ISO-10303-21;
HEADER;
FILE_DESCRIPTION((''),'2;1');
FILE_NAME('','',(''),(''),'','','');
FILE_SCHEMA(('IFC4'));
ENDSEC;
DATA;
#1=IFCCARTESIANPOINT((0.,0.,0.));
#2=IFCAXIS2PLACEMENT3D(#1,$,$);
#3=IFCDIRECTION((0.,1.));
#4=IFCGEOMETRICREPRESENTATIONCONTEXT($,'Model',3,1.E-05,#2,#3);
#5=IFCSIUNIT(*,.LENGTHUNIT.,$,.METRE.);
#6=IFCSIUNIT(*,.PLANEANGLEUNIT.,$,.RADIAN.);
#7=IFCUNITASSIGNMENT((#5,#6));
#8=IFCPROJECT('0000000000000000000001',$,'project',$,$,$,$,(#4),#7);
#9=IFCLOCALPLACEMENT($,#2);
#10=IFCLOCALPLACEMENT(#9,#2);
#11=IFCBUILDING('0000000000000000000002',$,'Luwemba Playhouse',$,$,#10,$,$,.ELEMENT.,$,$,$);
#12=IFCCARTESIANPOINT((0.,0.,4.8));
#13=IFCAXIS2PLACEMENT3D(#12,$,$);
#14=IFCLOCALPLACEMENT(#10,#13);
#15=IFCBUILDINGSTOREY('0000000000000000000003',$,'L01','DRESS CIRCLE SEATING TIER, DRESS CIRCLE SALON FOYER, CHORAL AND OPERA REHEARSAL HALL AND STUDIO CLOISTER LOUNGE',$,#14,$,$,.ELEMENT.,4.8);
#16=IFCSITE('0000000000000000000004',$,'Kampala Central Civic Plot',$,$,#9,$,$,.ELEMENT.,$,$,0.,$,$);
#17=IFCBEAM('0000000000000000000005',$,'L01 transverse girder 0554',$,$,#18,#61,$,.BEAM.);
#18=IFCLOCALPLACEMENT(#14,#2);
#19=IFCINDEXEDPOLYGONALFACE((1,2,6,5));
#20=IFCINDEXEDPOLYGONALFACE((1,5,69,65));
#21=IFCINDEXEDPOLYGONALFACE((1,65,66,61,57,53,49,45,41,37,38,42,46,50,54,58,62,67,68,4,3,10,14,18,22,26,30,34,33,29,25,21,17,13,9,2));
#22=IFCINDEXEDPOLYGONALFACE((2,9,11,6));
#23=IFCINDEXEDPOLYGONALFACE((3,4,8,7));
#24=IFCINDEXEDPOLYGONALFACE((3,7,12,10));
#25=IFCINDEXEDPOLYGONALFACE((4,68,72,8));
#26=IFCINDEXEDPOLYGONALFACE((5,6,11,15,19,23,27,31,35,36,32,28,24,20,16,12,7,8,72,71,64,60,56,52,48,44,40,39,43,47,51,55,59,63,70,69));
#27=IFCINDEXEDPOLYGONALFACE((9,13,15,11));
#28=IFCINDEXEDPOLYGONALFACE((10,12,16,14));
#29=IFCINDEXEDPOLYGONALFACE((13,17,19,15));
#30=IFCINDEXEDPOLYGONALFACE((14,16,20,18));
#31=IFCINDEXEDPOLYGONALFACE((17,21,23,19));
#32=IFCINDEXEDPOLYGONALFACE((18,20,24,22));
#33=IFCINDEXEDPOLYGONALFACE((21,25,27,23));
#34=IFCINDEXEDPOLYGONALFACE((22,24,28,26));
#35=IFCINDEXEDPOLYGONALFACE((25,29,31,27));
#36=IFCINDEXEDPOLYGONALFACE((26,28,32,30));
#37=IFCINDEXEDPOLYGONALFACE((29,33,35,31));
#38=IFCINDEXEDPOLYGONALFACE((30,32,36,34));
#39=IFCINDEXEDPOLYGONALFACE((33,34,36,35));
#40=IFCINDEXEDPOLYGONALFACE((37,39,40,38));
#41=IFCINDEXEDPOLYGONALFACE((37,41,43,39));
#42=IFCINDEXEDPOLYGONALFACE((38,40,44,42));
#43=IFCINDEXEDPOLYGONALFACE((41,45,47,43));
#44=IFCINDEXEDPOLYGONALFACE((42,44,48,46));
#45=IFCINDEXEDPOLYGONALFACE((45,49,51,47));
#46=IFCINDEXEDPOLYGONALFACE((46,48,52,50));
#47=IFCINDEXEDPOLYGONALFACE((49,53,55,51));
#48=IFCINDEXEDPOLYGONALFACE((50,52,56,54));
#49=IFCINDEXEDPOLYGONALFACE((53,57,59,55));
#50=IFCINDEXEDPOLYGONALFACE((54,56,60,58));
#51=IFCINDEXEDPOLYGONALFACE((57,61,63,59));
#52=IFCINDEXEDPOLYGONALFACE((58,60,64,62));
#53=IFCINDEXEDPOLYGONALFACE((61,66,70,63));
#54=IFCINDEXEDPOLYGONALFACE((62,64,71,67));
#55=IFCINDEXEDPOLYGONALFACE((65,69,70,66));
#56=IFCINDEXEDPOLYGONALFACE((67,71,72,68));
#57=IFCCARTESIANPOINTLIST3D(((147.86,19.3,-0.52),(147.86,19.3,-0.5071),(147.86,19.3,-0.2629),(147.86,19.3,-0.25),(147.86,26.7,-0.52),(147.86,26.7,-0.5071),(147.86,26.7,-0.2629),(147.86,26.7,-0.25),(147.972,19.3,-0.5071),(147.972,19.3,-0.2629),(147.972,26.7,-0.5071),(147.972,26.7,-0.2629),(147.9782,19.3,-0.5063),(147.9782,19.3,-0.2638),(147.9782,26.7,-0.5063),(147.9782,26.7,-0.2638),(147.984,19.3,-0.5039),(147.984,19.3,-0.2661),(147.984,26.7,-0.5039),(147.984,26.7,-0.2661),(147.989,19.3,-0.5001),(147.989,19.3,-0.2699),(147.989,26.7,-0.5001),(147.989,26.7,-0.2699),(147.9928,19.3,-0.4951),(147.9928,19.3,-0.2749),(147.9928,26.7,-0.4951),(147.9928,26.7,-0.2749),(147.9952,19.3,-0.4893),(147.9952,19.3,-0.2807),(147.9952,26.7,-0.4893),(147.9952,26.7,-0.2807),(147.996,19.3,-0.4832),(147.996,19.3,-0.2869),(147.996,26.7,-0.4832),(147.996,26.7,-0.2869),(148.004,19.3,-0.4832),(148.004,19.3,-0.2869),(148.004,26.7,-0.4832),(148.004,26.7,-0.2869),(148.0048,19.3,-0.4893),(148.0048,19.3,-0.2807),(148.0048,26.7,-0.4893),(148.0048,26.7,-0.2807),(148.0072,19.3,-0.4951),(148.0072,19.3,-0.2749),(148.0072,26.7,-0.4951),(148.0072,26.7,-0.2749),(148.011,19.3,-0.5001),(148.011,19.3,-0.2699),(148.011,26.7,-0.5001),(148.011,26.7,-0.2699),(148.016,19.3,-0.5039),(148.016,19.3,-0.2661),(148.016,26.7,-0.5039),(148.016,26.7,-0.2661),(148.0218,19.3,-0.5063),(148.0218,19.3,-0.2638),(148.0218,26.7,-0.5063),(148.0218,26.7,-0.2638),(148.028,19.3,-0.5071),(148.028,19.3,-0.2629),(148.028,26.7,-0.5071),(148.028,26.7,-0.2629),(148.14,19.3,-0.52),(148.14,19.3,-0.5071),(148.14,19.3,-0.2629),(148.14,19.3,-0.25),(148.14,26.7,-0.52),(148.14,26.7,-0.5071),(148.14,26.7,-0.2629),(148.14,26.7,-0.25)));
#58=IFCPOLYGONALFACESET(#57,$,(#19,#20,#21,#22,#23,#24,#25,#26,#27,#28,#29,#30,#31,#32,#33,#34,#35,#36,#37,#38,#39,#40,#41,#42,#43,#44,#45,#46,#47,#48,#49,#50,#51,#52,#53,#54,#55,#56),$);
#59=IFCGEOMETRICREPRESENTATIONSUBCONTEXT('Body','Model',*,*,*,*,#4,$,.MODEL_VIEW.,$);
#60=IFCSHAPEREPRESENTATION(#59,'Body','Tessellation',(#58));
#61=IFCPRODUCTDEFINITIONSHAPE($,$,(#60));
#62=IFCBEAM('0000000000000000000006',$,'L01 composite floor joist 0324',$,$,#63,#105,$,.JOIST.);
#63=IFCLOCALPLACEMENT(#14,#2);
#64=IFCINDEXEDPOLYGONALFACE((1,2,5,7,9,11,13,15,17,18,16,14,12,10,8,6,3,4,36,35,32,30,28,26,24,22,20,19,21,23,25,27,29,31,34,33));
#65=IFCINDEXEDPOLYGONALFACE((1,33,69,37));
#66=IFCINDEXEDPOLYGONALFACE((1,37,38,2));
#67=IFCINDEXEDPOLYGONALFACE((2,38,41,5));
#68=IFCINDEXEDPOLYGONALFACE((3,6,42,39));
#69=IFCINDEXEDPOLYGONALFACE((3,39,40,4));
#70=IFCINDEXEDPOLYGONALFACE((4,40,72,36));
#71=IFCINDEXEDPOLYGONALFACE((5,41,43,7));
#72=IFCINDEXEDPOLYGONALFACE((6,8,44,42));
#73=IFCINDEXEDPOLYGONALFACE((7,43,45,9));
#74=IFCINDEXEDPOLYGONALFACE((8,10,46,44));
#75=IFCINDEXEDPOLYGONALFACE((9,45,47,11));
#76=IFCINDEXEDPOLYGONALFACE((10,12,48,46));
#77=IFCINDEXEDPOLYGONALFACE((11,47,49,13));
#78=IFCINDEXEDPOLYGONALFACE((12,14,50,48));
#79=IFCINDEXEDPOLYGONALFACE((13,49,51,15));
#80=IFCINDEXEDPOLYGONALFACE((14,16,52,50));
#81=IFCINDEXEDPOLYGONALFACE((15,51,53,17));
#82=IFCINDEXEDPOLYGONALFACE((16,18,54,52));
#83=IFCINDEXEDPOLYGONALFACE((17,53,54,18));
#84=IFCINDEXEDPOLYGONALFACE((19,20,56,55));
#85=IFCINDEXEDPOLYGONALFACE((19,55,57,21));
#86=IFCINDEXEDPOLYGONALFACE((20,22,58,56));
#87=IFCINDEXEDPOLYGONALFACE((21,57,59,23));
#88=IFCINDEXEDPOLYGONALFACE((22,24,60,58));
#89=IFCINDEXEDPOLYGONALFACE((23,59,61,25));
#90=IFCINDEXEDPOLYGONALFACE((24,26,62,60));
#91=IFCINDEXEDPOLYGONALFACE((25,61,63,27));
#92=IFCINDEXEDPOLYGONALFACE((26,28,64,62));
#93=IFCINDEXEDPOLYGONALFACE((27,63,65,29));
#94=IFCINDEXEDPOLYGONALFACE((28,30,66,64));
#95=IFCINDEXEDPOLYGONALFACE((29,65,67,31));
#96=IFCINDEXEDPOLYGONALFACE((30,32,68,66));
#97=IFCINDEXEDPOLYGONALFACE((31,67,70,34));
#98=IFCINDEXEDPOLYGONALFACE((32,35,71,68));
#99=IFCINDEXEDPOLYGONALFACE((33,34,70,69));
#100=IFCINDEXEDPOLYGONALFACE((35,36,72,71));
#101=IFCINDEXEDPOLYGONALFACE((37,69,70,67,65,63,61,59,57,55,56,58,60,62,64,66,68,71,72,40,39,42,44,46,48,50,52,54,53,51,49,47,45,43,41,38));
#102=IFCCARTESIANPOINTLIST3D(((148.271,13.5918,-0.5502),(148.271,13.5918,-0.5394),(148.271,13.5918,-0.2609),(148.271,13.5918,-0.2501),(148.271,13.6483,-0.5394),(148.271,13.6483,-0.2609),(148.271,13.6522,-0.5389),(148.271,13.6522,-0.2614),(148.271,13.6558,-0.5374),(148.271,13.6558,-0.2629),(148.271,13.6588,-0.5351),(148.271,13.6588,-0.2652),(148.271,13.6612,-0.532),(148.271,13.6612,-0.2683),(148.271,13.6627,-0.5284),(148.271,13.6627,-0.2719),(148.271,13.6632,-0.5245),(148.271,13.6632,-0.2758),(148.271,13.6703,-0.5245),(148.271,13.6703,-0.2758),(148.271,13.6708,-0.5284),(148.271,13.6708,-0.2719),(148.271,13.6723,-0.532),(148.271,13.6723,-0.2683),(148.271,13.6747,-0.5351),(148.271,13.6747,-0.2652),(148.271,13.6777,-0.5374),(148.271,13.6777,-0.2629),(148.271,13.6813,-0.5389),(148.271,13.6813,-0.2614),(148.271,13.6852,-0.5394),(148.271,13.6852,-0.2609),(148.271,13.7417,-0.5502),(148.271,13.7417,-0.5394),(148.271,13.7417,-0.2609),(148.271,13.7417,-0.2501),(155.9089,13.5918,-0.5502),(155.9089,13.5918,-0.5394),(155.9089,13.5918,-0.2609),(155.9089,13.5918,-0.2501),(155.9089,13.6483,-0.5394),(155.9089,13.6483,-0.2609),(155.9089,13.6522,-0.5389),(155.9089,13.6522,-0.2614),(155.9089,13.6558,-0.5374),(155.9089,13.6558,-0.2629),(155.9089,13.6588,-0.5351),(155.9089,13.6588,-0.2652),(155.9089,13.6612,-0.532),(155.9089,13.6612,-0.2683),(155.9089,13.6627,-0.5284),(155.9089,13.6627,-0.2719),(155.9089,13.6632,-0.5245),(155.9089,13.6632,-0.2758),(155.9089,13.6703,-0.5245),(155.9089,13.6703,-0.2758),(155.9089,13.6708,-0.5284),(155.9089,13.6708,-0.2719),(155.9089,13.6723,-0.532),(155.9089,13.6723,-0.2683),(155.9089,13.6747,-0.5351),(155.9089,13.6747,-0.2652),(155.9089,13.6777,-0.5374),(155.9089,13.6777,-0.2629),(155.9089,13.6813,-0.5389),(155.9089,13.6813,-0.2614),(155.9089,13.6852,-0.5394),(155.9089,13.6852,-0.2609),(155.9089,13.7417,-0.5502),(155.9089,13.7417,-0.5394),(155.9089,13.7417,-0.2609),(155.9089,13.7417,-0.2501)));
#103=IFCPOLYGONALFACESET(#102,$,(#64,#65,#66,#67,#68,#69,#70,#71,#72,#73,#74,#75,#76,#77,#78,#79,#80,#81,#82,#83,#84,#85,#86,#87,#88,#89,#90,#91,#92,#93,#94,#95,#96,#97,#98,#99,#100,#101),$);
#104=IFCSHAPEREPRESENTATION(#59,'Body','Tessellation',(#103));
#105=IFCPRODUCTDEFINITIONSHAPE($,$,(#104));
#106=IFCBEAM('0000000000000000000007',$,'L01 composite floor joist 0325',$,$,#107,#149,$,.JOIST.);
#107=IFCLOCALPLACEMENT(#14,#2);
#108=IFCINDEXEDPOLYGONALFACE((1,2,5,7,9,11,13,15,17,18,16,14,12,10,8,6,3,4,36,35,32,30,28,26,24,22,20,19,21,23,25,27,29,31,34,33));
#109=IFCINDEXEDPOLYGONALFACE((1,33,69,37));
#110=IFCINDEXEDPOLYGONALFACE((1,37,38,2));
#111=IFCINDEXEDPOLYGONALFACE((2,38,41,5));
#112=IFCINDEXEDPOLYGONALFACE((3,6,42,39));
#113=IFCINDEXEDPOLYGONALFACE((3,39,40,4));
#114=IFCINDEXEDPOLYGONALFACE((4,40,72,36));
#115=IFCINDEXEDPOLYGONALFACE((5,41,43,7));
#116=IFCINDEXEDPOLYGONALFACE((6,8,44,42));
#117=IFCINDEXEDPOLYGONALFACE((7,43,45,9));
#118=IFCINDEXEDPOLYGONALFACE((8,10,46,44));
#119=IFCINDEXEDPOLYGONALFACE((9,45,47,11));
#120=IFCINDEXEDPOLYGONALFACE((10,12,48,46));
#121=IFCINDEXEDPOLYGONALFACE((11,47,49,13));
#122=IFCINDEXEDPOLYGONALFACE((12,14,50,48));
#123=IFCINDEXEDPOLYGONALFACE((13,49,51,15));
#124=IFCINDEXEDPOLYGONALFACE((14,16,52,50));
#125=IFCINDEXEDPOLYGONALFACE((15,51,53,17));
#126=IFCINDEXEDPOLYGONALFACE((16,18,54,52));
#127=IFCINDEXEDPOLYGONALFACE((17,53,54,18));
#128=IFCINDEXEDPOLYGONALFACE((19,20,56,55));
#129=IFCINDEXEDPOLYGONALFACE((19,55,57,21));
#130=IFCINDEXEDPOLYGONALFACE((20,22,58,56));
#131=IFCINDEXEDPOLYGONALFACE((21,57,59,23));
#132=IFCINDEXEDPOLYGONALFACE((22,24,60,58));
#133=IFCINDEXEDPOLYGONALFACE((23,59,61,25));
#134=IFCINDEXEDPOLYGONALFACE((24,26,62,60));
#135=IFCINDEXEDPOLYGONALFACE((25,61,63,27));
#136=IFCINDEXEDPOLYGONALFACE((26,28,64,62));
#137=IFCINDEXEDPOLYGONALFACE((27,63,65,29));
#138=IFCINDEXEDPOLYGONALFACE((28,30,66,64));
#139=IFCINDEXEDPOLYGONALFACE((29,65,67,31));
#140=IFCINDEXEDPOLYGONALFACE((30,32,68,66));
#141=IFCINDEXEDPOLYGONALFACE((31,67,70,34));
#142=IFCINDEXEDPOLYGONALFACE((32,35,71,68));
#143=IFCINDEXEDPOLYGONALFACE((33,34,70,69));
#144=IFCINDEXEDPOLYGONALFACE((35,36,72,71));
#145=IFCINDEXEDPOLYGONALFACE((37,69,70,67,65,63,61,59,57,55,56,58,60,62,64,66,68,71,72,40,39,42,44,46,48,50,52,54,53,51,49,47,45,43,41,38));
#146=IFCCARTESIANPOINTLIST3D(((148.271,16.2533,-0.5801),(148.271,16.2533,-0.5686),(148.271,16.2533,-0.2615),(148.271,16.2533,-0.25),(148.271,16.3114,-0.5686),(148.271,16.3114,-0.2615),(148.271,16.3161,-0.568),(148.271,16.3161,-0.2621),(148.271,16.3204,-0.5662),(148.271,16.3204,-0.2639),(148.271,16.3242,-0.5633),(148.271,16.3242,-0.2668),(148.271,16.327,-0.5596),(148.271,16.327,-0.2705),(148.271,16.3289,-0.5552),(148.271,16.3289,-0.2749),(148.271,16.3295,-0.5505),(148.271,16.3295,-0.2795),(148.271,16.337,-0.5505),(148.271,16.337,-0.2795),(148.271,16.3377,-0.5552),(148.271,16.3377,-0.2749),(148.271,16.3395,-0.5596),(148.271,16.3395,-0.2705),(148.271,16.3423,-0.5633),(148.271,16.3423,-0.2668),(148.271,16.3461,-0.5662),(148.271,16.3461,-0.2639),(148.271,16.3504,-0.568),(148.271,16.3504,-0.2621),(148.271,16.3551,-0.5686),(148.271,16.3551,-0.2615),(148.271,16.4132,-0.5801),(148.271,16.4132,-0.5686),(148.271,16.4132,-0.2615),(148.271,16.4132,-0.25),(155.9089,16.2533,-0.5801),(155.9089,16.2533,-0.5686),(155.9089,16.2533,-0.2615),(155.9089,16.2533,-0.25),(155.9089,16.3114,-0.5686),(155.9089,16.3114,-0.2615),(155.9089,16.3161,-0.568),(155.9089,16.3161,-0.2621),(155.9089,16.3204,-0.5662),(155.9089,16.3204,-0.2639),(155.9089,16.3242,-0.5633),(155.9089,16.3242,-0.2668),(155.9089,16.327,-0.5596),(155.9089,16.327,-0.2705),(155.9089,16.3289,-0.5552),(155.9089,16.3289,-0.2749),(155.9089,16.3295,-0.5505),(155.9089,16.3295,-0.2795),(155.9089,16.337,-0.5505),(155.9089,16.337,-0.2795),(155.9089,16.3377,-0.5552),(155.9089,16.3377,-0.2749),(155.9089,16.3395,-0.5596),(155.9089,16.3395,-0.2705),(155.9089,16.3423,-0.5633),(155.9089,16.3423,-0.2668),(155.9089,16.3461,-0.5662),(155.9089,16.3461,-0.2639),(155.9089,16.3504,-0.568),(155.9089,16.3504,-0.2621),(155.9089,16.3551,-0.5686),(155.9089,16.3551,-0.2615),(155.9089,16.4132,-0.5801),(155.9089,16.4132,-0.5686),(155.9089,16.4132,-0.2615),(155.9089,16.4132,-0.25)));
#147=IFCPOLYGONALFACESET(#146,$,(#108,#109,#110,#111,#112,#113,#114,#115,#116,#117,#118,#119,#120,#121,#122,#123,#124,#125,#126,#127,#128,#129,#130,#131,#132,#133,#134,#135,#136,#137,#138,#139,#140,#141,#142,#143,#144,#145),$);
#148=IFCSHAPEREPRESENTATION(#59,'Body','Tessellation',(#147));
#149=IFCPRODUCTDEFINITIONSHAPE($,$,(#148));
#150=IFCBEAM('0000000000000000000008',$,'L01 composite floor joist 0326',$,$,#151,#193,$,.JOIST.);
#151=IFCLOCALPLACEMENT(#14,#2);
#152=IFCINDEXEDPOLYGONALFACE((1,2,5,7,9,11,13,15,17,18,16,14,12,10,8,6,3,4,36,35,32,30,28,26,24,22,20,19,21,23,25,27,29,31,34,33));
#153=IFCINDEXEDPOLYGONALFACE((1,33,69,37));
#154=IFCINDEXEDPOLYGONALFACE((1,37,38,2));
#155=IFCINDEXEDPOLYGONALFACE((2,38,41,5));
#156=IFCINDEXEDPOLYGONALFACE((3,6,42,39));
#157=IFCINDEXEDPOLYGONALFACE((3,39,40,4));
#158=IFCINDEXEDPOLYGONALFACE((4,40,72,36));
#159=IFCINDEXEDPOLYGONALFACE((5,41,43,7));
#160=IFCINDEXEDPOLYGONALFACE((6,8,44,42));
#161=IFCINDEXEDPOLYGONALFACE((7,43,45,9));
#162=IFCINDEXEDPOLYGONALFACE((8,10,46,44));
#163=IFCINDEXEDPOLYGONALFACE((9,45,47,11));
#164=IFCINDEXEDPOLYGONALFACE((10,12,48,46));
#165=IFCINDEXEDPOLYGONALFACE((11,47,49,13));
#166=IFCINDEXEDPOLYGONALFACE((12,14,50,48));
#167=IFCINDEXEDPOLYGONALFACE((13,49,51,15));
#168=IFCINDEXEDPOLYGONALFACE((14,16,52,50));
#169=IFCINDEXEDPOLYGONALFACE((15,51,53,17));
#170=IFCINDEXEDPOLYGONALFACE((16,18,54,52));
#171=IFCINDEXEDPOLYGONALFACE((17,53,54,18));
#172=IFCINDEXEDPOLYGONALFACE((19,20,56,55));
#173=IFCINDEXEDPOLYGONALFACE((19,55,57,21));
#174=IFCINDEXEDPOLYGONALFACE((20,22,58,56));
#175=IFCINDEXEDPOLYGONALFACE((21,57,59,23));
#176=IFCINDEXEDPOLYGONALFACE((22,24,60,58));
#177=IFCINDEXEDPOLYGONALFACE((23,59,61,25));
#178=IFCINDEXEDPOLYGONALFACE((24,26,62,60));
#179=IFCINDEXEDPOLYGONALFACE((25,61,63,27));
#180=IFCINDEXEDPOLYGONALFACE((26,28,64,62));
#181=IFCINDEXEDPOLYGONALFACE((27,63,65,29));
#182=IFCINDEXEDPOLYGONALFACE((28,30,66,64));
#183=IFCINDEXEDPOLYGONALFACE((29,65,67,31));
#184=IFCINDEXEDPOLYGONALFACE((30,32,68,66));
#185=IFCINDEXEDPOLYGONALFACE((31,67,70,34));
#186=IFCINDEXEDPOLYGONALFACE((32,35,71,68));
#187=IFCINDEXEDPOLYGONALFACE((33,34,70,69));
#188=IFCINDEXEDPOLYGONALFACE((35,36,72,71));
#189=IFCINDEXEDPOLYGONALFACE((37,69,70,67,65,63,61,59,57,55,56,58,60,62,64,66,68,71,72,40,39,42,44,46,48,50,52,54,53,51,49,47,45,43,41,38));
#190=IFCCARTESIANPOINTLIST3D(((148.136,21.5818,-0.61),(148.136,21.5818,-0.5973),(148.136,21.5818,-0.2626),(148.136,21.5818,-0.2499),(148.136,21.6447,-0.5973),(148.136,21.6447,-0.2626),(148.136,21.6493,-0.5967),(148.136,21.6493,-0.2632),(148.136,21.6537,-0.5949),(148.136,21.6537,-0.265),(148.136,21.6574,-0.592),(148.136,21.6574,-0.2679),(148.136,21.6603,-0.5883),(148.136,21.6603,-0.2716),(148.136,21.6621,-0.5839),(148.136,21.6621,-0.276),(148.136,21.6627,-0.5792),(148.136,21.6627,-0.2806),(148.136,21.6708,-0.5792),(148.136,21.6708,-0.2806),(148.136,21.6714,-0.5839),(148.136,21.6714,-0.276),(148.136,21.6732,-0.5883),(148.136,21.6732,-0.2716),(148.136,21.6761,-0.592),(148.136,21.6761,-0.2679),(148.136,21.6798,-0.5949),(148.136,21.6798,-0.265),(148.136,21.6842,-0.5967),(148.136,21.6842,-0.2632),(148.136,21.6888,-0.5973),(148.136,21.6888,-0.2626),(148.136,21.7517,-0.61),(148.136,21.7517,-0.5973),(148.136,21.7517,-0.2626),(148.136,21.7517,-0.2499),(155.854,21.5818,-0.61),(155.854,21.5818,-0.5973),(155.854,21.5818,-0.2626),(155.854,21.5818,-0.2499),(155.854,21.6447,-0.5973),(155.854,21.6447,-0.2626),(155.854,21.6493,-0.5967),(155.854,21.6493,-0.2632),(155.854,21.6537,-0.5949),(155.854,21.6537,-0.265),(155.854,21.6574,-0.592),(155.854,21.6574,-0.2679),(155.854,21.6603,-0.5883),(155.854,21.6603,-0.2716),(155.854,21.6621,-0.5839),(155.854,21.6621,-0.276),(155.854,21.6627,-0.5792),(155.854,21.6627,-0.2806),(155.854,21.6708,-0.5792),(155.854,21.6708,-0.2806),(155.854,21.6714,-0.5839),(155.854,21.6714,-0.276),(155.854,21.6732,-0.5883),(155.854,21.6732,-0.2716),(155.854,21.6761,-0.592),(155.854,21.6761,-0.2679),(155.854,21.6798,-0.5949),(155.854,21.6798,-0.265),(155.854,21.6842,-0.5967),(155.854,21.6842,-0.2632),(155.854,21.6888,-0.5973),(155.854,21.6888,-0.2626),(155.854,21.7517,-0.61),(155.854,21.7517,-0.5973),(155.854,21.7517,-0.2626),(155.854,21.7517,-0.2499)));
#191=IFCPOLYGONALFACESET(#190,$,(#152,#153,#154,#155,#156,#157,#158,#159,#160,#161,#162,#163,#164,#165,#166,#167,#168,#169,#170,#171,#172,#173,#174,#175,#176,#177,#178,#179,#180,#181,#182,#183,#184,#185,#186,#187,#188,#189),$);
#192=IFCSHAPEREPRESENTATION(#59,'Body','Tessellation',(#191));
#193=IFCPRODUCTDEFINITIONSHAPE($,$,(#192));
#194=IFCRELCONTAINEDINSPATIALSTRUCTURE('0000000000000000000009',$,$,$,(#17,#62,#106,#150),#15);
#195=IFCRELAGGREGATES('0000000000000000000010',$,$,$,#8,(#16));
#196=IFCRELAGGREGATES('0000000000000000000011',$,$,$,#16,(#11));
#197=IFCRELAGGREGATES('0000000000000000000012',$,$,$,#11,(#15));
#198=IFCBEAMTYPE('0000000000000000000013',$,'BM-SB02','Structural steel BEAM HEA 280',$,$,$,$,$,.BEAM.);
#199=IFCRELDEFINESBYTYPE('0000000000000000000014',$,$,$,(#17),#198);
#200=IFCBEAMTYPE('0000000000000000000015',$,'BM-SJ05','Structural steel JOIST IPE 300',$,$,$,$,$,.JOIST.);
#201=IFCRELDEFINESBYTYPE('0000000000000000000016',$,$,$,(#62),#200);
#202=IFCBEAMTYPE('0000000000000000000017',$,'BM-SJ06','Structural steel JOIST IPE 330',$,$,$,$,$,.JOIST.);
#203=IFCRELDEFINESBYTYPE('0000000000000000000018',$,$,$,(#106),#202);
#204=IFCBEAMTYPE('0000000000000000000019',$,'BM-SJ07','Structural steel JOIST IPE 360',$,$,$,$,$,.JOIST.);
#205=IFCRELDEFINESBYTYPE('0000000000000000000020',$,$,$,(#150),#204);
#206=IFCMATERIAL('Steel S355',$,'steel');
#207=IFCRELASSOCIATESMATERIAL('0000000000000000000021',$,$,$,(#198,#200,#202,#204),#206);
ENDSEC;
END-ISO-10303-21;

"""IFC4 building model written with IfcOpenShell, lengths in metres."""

from ifc_helpers import new_model, si_unit, direction, frame, origin, origin_2d, place, context, subcontext, project, spatial, i_section, extrude, material, material_profile, profile_set, type_object, element, save


model = new_model("IFC4")

# Units and contexts
model_context = context("Model", 3, precision=1e-05, world=origin(), true_north=direction((0.0, 1.0)))
body_context = subcontext(model_context, "Body", "Model", "MODEL_VIEW")
ifc_project = project(units=[si_unit("LENGTHUNIT", "METRE"), si_unit("PLANEANGLEUNIT", "RADIAN")], contexts=[model_context])

# Site, building, storey
site_placement = place(None, origin())
site = spatial("IfcSite", under=ifc_project, at=site_placement, Name="Kampala Central Civic Plot", CompositionType="ELEMENT", RefElevation=0.0)
building_placement = place(site_placement, origin())
building = spatial("IfcBuilding", under=site, at=building_placement, Name="Luwemba Playhouse", CompositionType="ELEMENT")
storey_placement = place(building_placement, frame((0.0, 0.0, 4.8)))
storey = spatial("IfcBuildingStorey", under=building, at=storey_placement, Name="L01", Description="DRESS CIRCLE SEATING TIER, DRESS CIRCLE SALON FOYER, CHORAL AND OPERA REHEARSAL HALL AND STUDIO CLOISTER LOUNGE", CompositionType="ELEMENT", Elevation=4.8)

# Beams
ifc_material_1 = material(Name="Steel S355", Category="steel")
ifc_material_profile_1 = material_profile(ifc_material_1, i_section(OverallWidth=0.28, OverallDepth=0.27, WebThickness=0.0081, FlangeThickness=0.0129, FilletRadius=0.0239, at=origin_2d()))
ifc_profile_set_1 = profile_set([ifc_material_profile_1], Name="Steel S355")
beam_type_1 = type_object("IfcBeamType", Name="BM-SB02", Description="Structural steel BEAM HEA 280", PredefinedType="BEAM", material=ifc_profile_set_1)
beam_1_placement = place(storey_placement, frame((148.0, 19.3, -0.385), z_axis=(0.0, 1.0, 0.0), x_axis=(-1.0, 0.0, 0.0)))
element("IfcBeam", 1, at=beam_1_placement, inside=storey, type_object=beam_type_1, Name="L01 transverse girder 0554", PredefinedType="BEAM", context=body_context, shape_type="SweptSolid", body=[
    extrude(i_section(OverallWidth=0.28, OverallDepth=0.27, WebThickness=0.0081, FlangeThickness=0.0129, FilletRadius=0.0239, at=origin_2d()), origin(), (0.0, 0.0, 1.0), 7.3999),
])
ifc_material_profile_2 = material_profile(ifc_material_1, i_section(OverallWidth=0.1499, OverallDepth=0.3, WebThickness=0.0071, FlangeThickness=0.0107, FilletRadius=0.0149, at=origin_2d()))
ifc_profile_set_2 = profile_set([ifc_material_profile_2], Name="Steel S355")
beam_type_2 = type_object("IfcBeamType", Name="BM-SJ05", Description="Structural steel JOIST IPE 300", PredefinedType="JOIST", material=ifc_profile_set_2)
beam_2_placement = place(storey_placement, frame((148.271, 13.6667, -0.4001), z_axis=(1.0, 0.0, 0.0), x_axis=(0.0, 1.0, 0.0)))
element("IfcBeam", 2, at=beam_2_placement, inside=storey, type_object=beam_type_2, Name="L01 composite floor joist 0324", PredefinedType="JOIST", context=body_context, shape_type="SweptSolid", body=[
    extrude(i_section(OverallWidth=0.1499, OverallDepth=0.3, WebThickness=0.0071, FlangeThickness=0.0107, FilletRadius=0.0149, at=origin_2d()), origin(), (0.0, 0.0, 1.0), 7.6379),
])
ifc_material_profile_3 = material_profile(ifc_material_1, i_section(OverallWidth=0.1599, OverallDepth=0.3301, WebThickness=0.0076, FlangeThickness=0.0115, FilletRadius=0.0181, at=origin_2d()))
ifc_profile_set_3 = profile_set([ifc_material_profile_3], Name="Steel S355")
beam_type_3 = type_object("IfcBeamType", Name="BM-SJ06", Description="Structural steel JOIST IPE 330", PredefinedType="JOIST", material=ifc_profile_set_3)
beam_3_placement = place(storey_placement, frame((148.271, 16.3333, -0.415), z_axis=(1.0, 0.0, 0.0), x_axis=(0.0, 1.0, 0.0)))
element("IfcBeam", 3, at=beam_3_placement, inside=storey, type_object=beam_type_3, Name="L01 composite floor joist 0325", PredefinedType="JOIST", context=body_context, shape_type="SweptSolid", body=[
    extrude(i_section(OverallWidth=0.1599, OverallDepth=0.3301, WebThickness=0.0076, FlangeThickness=0.0115, FilletRadius=0.0181, at=origin_2d()), origin(), (0.0, 0.0, 1.0), 7.6379),
])
ifc_material_profile_4 = material_profile(ifc_material_1, i_section(OverallWidth=0.1699, OverallDepth=0.3601, WebThickness=0.0081, FlangeThickness=0.0127, FilletRadius=0.0181, at=origin_2d()))
ifc_profile_set_4 = profile_set([ifc_material_profile_4], Name="Steel S355")
beam_type_4 = type_object("IfcBeamType", Name="BM-SJ07", Description="Structural steel JOIST IPE 360", PredefinedType="JOIST", material=ifc_profile_set_4)
beam_4_placement = place(storey_placement, frame((148.136, 21.6667, -0.4299), z_axis=(1.0, 0.0, 0.0), x_axis=(0.0, 1.0, 0.0)))
element("IfcBeam", 4, at=beam_4_placement, inside=storey, type_object=beam_type_4, Name="L01 composite floor joist 0326", PredefinedType="JOIST", context=body_context, shape_type="SweptSolid", body=[
    extrude(i_section(OverallWidth=0.1699, OverallDepth=0.3601, WebThickness=0.0081, FlangeThickness=0.0127, FilletRadius=0.0181, at=origin_2d()), origin(), (0.0, 0.0, 1.0), 7.718),
])

save(model, "model.ifc")
